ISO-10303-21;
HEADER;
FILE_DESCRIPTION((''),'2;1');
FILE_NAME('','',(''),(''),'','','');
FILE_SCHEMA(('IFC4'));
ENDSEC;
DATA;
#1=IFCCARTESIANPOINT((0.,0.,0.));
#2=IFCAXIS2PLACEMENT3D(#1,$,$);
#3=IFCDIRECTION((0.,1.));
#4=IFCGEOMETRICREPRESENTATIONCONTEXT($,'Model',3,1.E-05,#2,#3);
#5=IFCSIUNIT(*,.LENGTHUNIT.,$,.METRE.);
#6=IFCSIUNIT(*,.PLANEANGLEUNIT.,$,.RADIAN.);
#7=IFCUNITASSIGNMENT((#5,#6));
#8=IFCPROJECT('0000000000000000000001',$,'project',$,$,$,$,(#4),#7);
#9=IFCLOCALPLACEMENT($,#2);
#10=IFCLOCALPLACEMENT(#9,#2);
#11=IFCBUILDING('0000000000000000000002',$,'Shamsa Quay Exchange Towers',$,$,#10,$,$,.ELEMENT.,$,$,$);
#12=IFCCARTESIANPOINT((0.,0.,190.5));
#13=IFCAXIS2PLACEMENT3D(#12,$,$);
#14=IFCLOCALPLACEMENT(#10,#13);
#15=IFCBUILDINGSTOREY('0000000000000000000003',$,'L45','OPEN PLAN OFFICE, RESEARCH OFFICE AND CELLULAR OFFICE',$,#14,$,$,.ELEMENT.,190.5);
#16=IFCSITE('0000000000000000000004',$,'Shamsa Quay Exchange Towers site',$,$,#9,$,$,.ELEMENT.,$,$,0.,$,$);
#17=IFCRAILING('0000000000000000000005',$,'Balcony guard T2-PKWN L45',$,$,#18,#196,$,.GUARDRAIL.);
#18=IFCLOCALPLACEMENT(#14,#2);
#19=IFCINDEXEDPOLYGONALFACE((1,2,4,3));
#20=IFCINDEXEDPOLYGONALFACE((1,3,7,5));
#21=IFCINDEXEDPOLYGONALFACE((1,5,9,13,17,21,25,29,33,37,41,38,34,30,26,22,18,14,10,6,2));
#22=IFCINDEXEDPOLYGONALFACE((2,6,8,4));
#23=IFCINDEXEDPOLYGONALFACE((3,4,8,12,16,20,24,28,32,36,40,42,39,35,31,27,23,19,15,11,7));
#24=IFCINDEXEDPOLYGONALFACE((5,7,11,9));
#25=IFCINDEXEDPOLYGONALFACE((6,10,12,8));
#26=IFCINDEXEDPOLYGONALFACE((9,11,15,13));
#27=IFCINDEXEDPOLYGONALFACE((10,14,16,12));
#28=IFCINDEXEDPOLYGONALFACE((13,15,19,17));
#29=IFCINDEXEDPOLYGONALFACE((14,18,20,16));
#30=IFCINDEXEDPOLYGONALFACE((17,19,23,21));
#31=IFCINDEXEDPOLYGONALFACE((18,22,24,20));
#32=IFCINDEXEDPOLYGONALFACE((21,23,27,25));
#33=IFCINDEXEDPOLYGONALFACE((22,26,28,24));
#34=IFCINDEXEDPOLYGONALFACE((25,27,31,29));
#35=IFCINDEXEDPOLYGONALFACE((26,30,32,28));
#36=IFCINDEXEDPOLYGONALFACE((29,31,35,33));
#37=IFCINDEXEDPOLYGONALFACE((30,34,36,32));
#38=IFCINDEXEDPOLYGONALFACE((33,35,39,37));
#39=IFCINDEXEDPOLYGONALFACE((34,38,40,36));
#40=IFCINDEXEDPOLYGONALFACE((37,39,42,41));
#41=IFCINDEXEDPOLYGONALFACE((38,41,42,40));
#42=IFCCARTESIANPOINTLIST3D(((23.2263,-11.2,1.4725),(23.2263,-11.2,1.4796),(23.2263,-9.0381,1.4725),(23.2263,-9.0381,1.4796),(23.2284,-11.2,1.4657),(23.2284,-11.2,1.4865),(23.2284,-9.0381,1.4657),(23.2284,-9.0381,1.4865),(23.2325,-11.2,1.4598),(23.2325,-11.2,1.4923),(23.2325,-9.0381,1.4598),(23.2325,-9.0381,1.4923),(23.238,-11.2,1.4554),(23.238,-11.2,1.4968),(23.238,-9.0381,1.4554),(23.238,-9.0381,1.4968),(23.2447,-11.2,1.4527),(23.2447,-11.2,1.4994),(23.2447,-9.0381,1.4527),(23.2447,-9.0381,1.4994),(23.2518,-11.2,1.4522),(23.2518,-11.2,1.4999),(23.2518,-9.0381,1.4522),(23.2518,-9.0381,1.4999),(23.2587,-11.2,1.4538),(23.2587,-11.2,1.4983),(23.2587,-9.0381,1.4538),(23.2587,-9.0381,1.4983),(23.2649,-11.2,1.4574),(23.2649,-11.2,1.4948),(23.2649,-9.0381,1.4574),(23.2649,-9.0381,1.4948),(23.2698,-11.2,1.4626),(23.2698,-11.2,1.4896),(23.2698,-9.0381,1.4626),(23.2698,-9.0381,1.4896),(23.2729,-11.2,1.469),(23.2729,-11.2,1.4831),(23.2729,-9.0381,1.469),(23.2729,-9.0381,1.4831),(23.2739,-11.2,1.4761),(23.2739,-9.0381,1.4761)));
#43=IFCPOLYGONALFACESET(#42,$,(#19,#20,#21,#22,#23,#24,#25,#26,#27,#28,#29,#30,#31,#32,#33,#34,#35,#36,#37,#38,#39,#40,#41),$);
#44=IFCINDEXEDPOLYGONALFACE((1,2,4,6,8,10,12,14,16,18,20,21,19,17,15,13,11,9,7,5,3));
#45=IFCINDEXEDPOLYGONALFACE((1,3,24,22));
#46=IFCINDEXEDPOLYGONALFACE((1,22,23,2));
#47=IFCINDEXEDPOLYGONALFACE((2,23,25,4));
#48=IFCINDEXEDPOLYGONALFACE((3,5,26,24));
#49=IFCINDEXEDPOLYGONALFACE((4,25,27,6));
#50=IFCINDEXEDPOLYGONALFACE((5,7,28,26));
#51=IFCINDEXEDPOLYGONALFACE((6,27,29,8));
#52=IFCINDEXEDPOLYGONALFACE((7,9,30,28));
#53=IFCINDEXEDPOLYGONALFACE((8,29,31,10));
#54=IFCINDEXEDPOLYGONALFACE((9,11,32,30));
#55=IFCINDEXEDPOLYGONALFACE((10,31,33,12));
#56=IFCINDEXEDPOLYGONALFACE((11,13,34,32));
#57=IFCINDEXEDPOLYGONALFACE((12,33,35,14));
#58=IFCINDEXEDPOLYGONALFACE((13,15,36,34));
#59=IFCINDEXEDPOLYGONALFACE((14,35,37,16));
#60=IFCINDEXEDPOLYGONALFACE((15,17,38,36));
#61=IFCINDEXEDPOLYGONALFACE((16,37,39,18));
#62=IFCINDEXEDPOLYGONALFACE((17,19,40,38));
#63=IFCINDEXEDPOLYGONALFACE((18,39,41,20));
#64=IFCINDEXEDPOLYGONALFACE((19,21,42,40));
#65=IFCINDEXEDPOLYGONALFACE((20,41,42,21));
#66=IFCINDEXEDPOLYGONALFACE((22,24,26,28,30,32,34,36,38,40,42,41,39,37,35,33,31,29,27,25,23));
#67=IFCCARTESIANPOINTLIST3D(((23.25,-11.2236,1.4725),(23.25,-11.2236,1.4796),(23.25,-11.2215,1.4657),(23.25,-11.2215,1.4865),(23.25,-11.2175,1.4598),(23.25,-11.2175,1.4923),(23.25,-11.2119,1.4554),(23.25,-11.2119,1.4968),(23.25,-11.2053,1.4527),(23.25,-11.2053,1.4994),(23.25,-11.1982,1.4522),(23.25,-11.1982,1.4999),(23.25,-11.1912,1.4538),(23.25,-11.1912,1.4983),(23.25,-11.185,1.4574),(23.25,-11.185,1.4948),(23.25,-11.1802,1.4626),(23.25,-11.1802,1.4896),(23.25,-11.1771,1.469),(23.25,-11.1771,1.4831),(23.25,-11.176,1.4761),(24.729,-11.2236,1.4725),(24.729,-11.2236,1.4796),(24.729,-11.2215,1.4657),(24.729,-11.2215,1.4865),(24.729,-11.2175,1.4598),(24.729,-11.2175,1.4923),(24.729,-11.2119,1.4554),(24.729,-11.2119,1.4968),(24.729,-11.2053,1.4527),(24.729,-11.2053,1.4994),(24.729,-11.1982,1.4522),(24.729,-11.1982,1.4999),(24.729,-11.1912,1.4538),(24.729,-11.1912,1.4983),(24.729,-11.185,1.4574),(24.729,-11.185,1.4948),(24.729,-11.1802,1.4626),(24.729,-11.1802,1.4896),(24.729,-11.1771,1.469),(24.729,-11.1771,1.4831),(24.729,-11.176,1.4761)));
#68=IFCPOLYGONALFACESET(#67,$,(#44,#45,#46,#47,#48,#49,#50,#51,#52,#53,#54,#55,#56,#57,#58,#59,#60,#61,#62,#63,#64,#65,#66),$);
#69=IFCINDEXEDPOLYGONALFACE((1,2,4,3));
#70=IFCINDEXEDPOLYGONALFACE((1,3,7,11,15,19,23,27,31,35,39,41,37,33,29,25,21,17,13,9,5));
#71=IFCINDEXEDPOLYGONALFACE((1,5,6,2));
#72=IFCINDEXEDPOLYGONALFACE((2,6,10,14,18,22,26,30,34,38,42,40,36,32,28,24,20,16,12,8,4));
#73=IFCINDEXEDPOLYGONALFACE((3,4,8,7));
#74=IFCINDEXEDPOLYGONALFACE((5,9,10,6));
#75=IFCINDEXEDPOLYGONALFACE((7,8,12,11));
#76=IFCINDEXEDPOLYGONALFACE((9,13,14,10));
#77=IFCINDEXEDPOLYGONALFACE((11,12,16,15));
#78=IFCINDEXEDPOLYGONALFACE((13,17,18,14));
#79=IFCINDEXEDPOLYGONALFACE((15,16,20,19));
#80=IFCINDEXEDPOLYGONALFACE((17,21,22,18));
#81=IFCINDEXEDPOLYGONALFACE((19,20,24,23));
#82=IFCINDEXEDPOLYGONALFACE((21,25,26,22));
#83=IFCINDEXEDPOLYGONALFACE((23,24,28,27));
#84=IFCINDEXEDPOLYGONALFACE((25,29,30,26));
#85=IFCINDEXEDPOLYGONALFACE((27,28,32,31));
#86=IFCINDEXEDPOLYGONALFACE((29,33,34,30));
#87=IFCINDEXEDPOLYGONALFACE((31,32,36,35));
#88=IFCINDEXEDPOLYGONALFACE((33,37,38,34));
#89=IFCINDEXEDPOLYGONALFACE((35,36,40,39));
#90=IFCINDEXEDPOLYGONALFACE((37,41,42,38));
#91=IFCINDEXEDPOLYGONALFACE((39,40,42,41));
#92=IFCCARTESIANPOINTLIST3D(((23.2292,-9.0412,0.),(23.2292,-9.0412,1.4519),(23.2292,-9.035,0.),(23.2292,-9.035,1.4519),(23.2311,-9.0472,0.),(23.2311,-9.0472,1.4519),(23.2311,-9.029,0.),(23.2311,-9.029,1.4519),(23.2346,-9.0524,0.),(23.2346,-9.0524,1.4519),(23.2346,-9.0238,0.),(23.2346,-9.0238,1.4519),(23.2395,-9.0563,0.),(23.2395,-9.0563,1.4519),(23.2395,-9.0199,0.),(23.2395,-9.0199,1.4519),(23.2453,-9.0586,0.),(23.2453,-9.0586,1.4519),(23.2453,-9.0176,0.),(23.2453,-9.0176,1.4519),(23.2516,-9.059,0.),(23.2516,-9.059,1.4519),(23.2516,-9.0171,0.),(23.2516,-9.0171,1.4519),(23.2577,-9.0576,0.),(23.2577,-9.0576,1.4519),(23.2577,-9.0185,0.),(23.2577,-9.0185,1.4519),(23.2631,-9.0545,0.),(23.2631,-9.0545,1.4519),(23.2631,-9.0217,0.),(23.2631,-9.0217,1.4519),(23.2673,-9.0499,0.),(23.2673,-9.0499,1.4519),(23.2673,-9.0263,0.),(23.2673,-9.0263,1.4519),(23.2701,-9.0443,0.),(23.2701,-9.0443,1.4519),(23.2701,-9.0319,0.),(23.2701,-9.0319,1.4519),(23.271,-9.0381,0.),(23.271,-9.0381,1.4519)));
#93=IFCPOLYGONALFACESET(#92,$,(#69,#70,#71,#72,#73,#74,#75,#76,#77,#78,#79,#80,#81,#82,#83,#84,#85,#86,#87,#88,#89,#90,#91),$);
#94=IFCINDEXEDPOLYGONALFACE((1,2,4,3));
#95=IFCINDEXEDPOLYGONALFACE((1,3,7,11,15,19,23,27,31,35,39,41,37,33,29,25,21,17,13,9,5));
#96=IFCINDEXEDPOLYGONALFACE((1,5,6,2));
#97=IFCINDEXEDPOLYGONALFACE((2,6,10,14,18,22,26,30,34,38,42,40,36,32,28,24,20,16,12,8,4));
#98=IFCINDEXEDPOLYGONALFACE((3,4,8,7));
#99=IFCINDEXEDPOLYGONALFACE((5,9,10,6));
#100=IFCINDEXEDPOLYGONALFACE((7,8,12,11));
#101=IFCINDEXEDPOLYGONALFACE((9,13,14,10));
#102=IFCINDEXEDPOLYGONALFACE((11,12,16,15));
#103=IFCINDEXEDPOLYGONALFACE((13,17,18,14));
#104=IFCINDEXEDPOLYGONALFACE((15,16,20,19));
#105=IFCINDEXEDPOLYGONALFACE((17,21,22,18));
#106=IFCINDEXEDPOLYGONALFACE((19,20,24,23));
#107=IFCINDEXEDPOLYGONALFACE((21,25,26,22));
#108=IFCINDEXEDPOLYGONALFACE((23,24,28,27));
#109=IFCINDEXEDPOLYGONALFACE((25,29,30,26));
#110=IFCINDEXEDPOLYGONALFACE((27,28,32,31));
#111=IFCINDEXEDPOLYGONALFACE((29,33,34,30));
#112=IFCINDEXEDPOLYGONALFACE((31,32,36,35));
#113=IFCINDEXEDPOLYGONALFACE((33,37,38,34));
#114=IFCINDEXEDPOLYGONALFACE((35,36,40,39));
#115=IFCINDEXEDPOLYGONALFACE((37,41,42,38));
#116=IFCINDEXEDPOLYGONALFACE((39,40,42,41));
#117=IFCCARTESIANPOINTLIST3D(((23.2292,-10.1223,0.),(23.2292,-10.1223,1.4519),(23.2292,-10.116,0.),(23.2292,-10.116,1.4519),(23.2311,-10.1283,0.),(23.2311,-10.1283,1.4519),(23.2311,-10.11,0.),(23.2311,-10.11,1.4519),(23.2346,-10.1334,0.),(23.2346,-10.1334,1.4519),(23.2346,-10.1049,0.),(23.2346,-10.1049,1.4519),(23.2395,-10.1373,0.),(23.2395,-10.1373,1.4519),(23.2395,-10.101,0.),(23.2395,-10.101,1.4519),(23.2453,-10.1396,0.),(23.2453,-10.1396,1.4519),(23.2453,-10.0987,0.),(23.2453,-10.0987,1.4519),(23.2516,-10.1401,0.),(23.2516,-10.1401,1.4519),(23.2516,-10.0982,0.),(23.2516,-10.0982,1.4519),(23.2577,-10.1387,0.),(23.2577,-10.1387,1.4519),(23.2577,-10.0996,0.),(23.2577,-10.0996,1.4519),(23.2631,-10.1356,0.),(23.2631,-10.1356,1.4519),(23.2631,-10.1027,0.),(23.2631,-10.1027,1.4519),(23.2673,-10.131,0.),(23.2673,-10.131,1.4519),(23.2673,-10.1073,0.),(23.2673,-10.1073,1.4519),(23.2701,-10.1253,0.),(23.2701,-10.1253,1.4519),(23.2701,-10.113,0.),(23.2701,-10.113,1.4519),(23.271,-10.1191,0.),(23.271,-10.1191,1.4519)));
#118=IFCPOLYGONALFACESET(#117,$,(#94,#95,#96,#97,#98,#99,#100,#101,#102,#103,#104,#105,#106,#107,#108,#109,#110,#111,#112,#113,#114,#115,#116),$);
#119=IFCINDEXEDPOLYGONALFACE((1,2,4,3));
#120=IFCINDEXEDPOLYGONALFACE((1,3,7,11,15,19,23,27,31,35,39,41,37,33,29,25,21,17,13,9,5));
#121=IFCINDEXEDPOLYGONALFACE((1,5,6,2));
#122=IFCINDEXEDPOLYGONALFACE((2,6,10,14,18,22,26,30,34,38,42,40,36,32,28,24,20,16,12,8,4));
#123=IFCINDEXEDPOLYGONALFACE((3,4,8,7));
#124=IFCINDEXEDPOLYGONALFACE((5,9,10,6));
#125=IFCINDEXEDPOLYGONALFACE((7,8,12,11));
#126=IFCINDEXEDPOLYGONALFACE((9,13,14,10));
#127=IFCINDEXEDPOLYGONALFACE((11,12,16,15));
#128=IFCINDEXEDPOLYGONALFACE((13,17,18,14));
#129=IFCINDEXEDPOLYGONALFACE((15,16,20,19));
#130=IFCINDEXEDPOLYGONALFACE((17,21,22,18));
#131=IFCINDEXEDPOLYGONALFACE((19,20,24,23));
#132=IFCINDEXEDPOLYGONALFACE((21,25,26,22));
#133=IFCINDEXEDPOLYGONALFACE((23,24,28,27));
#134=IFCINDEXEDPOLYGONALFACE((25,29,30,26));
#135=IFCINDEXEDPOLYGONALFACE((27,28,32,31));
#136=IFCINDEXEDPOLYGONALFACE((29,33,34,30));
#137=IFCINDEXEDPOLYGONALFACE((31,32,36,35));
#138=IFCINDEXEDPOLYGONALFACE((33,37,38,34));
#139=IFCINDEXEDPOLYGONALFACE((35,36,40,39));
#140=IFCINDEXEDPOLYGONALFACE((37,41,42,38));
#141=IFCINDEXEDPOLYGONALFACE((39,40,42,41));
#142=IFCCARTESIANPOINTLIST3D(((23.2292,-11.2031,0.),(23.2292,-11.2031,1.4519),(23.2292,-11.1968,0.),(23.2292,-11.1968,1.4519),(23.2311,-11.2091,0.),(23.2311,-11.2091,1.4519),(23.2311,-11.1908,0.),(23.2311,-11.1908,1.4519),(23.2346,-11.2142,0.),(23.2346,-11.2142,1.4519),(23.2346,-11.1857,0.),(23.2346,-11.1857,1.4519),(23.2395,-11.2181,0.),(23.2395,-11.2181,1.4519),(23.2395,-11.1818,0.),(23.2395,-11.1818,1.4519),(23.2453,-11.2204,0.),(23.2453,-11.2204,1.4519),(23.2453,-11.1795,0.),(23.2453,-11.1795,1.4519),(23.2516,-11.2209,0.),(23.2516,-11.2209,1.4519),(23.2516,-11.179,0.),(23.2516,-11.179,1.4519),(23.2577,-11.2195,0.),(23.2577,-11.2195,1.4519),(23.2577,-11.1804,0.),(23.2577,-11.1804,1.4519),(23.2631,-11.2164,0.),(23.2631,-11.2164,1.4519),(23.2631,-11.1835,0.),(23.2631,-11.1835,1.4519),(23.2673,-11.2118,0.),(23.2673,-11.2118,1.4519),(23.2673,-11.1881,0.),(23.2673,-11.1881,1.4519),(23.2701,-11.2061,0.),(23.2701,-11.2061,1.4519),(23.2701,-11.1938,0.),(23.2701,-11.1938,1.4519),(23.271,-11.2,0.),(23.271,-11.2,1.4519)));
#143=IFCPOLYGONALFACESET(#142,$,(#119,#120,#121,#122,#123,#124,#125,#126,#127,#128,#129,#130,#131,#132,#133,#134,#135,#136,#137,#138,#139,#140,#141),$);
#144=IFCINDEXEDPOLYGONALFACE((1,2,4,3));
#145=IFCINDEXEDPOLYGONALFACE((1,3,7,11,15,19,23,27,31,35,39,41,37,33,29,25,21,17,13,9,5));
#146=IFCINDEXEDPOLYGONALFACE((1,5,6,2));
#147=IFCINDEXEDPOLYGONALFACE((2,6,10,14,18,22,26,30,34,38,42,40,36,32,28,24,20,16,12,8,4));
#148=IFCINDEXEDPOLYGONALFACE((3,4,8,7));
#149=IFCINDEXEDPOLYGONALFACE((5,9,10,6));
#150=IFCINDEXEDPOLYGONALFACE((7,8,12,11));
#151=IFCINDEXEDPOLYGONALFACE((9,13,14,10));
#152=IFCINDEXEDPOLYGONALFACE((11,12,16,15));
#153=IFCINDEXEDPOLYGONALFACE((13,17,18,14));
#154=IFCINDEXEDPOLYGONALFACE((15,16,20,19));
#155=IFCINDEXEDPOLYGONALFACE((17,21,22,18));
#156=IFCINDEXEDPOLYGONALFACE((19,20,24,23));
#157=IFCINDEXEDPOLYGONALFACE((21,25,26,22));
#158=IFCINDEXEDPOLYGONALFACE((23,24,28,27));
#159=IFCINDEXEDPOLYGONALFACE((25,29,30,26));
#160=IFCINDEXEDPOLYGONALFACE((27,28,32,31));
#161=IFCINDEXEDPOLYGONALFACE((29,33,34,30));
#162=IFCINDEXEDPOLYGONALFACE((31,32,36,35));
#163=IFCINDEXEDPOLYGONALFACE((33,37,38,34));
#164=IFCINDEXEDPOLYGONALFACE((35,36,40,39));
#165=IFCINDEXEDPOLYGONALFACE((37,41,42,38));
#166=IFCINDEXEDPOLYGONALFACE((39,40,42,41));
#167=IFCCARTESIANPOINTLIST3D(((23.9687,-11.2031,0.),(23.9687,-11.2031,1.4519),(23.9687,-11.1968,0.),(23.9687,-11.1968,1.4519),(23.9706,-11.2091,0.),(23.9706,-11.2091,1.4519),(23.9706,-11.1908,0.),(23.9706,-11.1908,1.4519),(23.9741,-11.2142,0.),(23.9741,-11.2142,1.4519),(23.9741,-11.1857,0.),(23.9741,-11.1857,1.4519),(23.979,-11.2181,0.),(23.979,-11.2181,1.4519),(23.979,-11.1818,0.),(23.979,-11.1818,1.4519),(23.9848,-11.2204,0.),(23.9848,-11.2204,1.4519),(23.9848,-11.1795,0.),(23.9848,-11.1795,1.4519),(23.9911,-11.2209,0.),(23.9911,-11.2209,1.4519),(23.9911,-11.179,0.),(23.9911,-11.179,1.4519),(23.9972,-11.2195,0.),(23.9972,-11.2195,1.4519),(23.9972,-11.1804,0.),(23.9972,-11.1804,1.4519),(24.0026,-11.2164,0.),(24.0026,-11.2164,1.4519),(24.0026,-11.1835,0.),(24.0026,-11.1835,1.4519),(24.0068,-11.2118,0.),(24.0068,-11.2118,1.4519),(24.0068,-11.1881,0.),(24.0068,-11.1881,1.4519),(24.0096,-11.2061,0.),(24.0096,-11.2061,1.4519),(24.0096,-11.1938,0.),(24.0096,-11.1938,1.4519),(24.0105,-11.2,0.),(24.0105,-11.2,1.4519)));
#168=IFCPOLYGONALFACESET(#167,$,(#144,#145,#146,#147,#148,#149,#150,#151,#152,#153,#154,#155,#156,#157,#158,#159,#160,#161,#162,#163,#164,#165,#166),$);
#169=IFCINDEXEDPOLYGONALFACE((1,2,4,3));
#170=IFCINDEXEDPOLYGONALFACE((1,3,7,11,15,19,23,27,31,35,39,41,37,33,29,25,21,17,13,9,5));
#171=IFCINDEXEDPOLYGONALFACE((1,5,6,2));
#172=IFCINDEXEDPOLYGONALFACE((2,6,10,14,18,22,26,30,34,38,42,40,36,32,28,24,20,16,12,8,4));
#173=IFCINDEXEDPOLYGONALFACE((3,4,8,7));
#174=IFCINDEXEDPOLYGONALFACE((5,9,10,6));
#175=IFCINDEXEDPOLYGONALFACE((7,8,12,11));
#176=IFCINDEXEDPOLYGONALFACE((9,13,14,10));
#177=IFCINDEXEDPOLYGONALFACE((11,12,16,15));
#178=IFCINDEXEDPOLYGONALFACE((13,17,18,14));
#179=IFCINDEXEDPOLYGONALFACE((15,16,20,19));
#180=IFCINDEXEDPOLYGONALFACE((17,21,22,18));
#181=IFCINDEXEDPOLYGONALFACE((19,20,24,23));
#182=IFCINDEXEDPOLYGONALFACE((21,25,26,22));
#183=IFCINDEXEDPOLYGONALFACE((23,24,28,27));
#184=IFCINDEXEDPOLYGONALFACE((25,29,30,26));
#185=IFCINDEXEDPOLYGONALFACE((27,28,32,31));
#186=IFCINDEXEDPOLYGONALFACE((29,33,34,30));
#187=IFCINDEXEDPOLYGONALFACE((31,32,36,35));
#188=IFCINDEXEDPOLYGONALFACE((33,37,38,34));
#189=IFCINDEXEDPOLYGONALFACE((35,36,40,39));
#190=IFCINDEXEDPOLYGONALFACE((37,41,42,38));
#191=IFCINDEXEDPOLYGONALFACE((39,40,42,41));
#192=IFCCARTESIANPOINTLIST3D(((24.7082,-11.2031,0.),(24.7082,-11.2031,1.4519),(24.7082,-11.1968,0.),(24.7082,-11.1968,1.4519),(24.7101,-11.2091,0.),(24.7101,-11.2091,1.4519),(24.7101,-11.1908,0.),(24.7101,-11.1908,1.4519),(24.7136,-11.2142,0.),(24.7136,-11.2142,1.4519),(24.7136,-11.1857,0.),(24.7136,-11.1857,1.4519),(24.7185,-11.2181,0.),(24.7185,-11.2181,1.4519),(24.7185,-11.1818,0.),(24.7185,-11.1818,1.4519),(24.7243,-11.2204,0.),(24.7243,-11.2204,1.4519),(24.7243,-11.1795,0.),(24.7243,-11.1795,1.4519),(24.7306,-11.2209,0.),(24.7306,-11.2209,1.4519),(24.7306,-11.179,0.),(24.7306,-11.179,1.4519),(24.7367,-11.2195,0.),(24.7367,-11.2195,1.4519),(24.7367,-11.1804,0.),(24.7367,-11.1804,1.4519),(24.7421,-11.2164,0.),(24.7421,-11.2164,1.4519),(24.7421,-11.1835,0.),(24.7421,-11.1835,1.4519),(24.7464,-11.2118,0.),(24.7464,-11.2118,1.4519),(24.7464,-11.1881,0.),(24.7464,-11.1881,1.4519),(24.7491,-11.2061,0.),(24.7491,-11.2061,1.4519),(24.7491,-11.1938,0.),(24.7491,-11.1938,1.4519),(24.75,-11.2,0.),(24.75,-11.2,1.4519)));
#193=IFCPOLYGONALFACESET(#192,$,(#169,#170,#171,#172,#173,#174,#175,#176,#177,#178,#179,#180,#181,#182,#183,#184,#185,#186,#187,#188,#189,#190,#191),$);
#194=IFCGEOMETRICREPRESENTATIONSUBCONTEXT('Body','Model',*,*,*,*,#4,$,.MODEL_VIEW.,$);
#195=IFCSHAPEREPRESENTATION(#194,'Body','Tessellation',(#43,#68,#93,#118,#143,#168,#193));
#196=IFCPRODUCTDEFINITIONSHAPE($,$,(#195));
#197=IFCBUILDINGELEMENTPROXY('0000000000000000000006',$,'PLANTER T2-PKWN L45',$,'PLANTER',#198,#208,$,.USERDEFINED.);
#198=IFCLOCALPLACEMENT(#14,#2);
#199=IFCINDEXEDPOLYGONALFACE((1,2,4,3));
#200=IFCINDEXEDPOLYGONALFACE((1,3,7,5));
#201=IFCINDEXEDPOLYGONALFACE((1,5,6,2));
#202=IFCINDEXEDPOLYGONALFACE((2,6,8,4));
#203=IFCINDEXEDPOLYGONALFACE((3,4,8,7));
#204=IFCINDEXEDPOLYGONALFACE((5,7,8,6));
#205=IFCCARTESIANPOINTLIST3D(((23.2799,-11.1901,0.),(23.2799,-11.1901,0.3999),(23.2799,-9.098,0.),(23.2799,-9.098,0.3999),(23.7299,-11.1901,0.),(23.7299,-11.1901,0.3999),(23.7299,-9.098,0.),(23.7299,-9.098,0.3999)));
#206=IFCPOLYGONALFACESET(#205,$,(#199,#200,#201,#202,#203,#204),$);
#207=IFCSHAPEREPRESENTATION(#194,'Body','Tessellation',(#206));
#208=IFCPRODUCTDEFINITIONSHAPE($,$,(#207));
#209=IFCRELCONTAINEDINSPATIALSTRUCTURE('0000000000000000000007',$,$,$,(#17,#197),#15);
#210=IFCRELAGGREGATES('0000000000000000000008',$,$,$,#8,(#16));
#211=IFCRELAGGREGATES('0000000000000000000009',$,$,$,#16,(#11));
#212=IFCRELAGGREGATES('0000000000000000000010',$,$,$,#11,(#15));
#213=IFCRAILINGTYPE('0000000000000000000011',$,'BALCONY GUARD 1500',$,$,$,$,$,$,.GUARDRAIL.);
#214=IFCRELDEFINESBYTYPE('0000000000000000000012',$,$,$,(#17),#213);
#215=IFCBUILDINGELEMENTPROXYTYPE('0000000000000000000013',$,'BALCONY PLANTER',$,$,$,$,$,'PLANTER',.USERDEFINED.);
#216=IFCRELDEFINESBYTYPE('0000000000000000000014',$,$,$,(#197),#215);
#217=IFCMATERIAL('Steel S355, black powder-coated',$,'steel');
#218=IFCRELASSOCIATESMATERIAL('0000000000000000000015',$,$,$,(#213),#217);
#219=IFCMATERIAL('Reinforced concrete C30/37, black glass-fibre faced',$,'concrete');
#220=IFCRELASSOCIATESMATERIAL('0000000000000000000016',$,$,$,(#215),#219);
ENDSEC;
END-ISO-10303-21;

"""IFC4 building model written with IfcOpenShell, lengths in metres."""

from ifc_helpers import new_model, si_unit, direction, frame, origin, origin_2d, place, context, subcontext, project, spatial, rectangle, circle, extrude, material, type_object, element, save


model = new_model("IFC4")

# Units and contexts
model_context = context("Model", 3, precision=1e-05, world=origin(), true_north=direction((0.0, 1.0)))
body_context = subcontext(model_context, "Body", "Model", "MODEL_VIEW")
ifc_project = project(units=[si_unit("LENGTHUNIT", "METRE"), si_unit("PLANEANGLEUNIT", "RADIAN")], contexts=[model_context])

# Site, building, storey
site_placement = place(None, origin())
site = spatial("IfcSite", under=ifc_project, at=site_placement, Name="Shamsa Quay Exchange Towers site", CompositionType="ELEMENT", RefElevation=0.0)
building_placement = place(site_placement, origin())
building = spatial("IfcBuilding", under=site, at=building_placement, Name="Shamsa Quay Exchange Towers", CompositionType="ELEMENT")
storey_placement = place(building_placement, frame((0.0, 0.0, 190.5)))
storey = spatial("IfcBuildingStorey", under=building, at=storey_placement, Name="L45", Description="OPEN PLAN OFFICE, RESEARCH OFFICE AND CELLULAR OFFICE", CompositionType="ELEMENT", Elevation=190.5)

# Railing
ifc_material_1 = material(Name="Steel S355, black powder-coated", Category="steel")
railing_type = type_object("IfcRailingType", Name="BALCONY GUARD 1500", PredefinedType="GUARDRAIL", material=ifc_material_1)
railing_placement = place(storey_placement, frame((23.25, -9.0381, 0.0)))
element("IfcRailing", 1, at=railing_placement, inside=storey, type_object=railing_type, Name="Balcony guard T2-PKWN L45", PredefinedType="GUARDRAIL", context=body_context, shape_type="SweptSolid", body=[
    extrude(circle(Radius=0.0239, at=origin_2d()), frame((0.0, 0.0, 1.4761), z_axis=(0.0, -1.0, 0.0), x_axis=(1.0, 0.0, 0.0)), (0.0, 0.0, 1.0), 2.1619),
    extrude(circle(Radius=0.0239, at=origin_2d()), frame((0.0, -2.1619, 1.4761), z_axis=(1.0, 0.0, 0.0), x_axis=(0.0, 1.0, 0.0)), (0.0, 0.0, 1.0), 1.479),
    extrude(circle(Radius=0.021, at=origin_2d()), origin(), (0.0, 0.0, 1.0), 1.4519),
    extrude(circle(Radius=0.021, at=origin_2d()), frame((0.0, -1.0811, 0.0)), (0.0, 0.0, 1.0), 1.4519),
    extrude(circle(Radius=0.021, at=origin_2d()), frame((0.0, -2.1619, 0.0)), (0.0, 0.0, 1.0), 1.4519),
    extrude(circle(Radius=0.021, at=origin_2d()), frame((0.7395, -2.1619, 0.0)), (0.0, 0.0, 1.0), 1.4519),
    extrude(circle(Radius=0.021, at=origin_2d()), frame((1.479, -2.1619, 0.0)), (0.0, 0.0, 1.0), 1.4519),
])

# Building element proxy
ifc_material_2 = material(Name="Reinforced concrete C30/37, black glass-fibre faced", Category="concrete")
building_element_proxy_type = type_object("IfcBuildingElementProxyType", Name="BALCONY PLANTER", ElementType="PLANTER", PredefinedType="USERDEFINED", material=ifc_material_2)
proxy_placement = place(storey_placement, frame((23.5049, -10.144, 0.0), z_axis=(0.0, 0.0, 1.0), x_axis=(0.0, -1.0, 0.0)))
element("IfcBuildingElementProxy", 2, at=proxy_placement, inside=storey, type_object=building_element_proxy_type, Name="PLANTER T2-PKWN L45", ObjectType="PLANTER", PredefinedType="USERDEFINED", context=body_context, shape_type="SweptSolid", body=[
    extrude(rectangle(XDim=2.092, YDim=0.45, at=origin_2d()), origin(), (0.0, 0.0, 1.0), 0.3999),
])

save(model, "model.ifc")
